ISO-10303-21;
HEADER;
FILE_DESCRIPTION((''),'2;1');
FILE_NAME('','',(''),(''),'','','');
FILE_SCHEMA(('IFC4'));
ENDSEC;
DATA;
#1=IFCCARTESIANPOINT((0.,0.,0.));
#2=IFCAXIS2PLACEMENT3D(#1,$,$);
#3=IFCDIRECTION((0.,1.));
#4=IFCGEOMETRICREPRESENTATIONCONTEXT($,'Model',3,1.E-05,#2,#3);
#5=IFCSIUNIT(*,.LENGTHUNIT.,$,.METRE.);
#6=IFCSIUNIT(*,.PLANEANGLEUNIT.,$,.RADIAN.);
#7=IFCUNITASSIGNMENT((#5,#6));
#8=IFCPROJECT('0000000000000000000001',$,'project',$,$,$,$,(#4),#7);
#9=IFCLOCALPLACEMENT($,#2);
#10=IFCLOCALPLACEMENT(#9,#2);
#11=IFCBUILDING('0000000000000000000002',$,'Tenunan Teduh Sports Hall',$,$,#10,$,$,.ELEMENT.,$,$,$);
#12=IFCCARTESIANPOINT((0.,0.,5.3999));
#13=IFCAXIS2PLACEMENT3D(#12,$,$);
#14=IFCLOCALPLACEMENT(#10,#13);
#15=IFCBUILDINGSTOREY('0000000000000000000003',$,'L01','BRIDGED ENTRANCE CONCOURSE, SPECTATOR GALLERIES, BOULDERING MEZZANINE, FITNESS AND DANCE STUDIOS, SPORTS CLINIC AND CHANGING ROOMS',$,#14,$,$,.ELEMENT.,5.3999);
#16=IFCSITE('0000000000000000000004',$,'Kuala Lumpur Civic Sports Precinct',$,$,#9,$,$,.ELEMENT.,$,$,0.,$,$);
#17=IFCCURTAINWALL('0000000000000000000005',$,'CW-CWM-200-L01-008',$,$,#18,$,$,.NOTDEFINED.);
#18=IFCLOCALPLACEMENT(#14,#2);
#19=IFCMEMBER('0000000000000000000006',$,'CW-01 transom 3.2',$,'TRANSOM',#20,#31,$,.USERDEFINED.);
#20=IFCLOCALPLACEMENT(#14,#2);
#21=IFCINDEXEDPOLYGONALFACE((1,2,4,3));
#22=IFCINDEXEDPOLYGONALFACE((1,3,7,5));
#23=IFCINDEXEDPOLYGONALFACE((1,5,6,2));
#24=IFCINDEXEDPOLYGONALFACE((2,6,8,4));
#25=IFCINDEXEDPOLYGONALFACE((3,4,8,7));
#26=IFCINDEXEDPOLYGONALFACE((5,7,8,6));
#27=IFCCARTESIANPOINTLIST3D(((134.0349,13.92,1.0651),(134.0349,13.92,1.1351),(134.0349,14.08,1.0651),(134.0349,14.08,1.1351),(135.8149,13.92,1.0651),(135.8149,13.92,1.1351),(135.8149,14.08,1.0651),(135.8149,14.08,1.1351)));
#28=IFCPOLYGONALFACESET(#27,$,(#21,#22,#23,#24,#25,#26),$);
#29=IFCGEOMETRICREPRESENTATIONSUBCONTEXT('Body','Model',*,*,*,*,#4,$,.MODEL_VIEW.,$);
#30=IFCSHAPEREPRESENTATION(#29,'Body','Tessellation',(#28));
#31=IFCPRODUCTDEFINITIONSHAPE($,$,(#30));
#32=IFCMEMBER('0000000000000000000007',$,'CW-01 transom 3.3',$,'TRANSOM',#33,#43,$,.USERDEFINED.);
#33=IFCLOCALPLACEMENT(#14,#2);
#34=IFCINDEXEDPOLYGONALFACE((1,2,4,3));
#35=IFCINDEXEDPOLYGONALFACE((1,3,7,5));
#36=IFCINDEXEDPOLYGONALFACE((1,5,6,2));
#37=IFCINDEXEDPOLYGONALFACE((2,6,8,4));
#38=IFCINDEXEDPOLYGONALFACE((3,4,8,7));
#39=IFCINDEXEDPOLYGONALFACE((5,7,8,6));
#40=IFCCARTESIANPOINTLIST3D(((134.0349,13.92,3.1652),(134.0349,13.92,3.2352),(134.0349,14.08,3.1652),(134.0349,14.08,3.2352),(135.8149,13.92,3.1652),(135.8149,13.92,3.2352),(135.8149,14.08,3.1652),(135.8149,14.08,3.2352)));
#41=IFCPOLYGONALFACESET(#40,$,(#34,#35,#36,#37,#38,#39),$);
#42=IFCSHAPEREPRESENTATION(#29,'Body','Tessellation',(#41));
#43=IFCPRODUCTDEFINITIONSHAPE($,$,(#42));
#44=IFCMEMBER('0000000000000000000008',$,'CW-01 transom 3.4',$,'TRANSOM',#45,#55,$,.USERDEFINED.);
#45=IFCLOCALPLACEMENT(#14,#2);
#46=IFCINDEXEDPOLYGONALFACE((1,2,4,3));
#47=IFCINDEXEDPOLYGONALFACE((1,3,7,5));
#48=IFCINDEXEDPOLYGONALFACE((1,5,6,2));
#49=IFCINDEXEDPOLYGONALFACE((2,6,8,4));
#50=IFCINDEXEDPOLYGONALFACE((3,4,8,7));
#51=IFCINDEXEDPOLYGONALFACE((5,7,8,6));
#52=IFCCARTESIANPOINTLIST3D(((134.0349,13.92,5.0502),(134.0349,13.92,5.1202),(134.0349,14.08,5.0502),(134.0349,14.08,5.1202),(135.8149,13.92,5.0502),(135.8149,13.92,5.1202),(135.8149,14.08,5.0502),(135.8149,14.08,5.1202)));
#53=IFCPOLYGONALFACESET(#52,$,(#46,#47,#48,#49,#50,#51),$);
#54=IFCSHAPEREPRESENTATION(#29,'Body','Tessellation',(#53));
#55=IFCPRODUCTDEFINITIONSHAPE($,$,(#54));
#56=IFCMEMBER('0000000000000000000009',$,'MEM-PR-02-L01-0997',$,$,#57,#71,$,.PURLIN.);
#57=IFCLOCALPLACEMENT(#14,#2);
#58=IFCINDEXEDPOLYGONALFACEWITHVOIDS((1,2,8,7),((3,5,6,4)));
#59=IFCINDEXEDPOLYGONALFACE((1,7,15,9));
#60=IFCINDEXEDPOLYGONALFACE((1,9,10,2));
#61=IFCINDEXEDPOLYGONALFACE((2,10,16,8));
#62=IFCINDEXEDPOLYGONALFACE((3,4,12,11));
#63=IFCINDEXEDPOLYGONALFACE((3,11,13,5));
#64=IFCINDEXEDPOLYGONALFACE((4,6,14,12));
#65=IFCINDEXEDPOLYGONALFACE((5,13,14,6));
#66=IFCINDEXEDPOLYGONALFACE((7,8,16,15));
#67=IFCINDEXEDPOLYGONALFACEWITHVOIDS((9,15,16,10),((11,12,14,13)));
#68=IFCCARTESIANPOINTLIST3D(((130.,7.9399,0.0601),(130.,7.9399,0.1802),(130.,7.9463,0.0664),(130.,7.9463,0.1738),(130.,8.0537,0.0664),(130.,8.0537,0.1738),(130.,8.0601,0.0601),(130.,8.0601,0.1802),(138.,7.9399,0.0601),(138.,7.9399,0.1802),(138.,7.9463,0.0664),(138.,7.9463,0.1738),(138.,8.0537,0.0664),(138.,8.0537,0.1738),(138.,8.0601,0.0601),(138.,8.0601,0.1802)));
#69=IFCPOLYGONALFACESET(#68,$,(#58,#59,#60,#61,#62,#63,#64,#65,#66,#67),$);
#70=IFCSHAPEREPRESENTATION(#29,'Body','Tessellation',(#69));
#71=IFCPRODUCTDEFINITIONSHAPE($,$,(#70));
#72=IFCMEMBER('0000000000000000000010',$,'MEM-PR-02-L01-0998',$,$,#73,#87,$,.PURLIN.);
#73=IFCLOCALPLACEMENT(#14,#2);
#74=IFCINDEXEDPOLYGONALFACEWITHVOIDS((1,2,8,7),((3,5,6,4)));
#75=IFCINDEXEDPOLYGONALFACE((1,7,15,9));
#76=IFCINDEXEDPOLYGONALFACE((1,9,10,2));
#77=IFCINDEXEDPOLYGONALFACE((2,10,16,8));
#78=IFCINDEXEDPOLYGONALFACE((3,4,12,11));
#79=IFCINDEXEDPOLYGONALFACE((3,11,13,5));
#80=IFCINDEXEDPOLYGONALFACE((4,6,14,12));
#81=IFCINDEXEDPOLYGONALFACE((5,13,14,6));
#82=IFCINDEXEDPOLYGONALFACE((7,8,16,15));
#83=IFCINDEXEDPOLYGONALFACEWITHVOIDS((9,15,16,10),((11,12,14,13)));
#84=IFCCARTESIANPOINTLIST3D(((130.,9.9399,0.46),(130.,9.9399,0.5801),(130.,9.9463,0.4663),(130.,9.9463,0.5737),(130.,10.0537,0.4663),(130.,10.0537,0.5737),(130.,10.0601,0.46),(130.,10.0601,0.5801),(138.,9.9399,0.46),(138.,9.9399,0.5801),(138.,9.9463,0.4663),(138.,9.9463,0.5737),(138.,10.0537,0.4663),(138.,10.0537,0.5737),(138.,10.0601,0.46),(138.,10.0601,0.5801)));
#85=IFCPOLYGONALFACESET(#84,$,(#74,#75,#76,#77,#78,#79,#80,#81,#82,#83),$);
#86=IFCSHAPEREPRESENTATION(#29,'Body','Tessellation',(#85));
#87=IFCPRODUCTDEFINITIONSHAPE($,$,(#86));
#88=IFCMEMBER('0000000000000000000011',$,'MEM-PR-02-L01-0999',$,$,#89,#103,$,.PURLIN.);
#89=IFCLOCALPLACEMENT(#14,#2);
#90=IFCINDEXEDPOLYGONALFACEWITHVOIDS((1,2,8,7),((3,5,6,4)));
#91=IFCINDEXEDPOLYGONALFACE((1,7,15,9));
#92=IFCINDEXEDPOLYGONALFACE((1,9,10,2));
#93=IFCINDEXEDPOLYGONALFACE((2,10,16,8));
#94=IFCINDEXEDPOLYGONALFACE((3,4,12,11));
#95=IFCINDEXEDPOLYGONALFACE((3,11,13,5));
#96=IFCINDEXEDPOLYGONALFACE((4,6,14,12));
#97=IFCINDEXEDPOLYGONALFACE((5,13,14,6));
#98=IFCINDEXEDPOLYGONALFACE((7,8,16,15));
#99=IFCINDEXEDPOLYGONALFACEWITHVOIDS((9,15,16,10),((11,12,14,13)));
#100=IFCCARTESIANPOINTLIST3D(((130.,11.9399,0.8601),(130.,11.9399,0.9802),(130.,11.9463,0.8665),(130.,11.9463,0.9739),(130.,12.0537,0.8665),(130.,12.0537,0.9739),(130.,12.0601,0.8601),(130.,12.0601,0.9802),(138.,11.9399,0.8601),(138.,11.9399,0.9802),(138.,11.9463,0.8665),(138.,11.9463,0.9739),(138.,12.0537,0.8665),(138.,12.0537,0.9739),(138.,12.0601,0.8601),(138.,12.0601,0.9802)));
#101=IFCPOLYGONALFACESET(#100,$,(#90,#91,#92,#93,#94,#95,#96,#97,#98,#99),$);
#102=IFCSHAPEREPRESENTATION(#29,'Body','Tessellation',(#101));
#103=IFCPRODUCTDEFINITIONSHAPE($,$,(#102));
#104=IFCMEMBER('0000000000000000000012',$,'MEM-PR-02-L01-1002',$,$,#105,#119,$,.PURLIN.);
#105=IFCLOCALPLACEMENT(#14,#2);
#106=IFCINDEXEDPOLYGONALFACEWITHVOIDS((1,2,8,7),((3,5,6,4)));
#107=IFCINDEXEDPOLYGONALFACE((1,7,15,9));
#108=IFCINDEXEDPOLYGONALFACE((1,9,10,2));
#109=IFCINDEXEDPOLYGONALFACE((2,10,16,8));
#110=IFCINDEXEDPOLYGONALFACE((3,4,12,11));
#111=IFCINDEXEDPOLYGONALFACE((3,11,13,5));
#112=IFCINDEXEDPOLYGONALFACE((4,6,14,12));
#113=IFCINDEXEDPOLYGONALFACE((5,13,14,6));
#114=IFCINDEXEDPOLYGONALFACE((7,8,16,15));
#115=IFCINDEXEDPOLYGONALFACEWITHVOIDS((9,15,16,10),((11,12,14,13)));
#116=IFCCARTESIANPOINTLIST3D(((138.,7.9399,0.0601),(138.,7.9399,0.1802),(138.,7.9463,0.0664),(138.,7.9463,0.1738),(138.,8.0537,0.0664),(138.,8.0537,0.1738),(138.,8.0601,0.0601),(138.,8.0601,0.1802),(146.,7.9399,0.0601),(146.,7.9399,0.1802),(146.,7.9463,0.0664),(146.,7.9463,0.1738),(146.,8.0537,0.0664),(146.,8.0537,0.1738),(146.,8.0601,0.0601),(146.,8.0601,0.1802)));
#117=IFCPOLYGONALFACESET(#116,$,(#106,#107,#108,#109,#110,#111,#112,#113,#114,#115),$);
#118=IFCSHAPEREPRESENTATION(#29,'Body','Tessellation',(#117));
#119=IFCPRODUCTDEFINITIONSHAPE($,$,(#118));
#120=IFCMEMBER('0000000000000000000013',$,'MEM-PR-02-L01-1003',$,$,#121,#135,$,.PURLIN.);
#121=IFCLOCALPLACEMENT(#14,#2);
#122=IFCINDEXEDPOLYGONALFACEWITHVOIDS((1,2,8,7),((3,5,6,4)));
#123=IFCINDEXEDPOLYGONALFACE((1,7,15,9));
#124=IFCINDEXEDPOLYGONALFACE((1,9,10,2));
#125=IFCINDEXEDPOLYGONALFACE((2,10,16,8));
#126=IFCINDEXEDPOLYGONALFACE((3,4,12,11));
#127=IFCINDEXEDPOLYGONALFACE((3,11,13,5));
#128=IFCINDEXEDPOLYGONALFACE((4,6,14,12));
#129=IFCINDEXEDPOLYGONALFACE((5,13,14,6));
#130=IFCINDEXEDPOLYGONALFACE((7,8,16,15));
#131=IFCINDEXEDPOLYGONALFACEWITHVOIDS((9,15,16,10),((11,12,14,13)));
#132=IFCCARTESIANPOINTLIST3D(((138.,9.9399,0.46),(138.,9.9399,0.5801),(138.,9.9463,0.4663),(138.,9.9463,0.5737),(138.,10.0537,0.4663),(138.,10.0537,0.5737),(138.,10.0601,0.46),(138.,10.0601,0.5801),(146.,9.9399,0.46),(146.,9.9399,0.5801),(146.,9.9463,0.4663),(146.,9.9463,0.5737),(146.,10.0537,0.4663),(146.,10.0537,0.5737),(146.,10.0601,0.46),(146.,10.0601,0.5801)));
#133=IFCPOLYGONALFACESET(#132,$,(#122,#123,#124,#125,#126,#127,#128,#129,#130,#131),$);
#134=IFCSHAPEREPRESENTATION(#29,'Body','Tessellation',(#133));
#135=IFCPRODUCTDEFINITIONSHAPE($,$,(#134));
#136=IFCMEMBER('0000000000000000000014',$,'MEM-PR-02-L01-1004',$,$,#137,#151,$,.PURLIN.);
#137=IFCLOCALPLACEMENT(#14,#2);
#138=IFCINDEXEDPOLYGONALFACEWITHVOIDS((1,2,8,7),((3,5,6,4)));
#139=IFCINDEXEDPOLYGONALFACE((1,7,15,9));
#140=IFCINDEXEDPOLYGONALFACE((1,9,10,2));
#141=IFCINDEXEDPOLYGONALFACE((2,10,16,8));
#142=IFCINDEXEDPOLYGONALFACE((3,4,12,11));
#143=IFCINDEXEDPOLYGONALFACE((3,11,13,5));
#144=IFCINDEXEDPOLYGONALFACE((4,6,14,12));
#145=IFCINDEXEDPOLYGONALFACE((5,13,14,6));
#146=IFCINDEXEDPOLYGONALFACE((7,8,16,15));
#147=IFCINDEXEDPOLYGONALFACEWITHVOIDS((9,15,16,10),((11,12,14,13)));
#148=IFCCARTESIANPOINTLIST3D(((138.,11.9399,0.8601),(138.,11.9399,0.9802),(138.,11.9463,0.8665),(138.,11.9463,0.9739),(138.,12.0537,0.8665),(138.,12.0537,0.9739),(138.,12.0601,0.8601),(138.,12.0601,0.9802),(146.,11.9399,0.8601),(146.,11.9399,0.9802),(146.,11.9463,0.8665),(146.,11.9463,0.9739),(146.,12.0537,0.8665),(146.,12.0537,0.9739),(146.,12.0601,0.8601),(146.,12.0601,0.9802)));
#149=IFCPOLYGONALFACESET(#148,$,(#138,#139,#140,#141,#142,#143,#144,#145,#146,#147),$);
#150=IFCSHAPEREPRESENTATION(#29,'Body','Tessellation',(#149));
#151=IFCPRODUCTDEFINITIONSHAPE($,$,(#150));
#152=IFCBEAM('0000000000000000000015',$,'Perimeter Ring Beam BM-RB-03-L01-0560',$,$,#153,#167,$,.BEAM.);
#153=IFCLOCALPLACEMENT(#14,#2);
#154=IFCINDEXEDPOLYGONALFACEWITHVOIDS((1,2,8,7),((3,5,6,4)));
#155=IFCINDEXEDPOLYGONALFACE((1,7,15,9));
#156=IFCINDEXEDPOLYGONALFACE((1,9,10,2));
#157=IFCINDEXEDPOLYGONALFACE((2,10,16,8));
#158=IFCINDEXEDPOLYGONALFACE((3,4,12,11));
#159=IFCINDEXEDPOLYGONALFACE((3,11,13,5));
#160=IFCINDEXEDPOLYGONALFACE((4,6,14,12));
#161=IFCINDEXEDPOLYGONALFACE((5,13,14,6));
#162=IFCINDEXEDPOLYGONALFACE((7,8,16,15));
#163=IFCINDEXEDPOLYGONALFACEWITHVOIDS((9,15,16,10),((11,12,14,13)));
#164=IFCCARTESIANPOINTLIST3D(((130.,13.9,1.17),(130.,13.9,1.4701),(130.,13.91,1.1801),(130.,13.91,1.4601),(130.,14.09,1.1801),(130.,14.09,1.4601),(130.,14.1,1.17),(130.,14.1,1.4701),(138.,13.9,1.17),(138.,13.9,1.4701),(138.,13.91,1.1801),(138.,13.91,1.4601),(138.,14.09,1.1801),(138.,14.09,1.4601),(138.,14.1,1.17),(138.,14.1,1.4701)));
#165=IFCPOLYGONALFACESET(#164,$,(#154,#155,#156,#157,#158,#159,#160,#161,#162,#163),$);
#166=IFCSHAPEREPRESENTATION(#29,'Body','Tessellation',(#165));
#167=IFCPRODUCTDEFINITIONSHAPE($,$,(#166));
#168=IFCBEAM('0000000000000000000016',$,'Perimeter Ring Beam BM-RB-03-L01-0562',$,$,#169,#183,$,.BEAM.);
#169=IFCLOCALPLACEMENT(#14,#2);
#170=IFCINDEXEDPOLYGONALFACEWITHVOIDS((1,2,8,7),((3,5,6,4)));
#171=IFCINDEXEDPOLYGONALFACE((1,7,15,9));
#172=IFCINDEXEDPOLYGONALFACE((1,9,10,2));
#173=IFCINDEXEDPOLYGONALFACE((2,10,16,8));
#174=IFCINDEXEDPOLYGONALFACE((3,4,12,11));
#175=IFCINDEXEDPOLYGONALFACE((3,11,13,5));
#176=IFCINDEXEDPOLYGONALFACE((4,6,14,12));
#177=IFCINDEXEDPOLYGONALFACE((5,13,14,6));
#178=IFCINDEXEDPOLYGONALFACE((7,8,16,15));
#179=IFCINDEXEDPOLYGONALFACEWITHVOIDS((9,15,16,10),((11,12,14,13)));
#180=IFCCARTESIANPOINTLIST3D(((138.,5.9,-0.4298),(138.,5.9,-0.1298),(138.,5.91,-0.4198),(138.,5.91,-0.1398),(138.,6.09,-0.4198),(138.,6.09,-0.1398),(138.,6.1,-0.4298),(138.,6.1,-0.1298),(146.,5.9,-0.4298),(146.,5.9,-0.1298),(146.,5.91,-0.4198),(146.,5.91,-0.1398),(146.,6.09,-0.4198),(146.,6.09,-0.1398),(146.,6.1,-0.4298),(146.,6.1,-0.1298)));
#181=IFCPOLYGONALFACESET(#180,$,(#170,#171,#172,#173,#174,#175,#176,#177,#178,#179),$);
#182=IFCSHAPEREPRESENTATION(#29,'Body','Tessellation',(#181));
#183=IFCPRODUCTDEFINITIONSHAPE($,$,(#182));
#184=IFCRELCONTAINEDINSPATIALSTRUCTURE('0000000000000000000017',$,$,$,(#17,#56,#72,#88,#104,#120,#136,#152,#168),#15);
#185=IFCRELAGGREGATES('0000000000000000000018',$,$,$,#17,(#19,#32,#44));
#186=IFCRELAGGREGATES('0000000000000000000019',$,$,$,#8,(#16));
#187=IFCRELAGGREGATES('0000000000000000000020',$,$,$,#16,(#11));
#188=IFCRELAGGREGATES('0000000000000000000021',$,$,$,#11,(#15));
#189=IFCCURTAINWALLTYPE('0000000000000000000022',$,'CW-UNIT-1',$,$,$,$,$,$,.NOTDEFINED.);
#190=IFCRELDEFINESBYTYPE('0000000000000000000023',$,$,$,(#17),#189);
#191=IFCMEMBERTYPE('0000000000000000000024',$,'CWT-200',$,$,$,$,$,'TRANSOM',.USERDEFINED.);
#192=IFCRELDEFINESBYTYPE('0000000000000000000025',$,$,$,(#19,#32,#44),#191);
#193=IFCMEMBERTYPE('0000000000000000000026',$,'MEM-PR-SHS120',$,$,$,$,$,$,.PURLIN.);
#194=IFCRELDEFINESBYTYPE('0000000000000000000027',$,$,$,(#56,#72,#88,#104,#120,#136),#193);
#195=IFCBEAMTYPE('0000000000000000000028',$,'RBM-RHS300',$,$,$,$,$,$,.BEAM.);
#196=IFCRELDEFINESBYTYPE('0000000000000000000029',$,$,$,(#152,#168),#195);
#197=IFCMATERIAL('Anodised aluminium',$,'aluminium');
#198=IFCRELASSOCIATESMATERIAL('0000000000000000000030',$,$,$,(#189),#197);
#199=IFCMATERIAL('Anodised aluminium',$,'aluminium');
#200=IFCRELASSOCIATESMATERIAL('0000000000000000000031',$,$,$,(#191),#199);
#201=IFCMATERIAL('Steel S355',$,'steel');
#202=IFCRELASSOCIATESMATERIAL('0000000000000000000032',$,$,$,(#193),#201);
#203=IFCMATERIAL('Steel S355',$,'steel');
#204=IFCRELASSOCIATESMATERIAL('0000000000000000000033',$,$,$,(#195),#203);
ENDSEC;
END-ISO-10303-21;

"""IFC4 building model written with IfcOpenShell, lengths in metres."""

from ifc_helpers import new_model, si_unit, direction, frame, origin, origin_2d, place, context, subcontext, project, spatial, rectangle, hollow_rectangle, extrude, material, material_profile, profile_set, type_object, element, aggregate, save


model = new_model("IFC4")

# Units and contexts
model_context = context("Model", 3, precision=1e-05, world=origin(), true_north=direction((0.0, 1.0)))
body_context = subcontext(model_context, "Body", "Model", "MODEL_VIEW")
ifc_project = project(units=[si_unit("LENGTHUNIT", "METRE"), si_unit("PLANEANGLEUNIT", "RADIAN")], contexts=[model_context])

# Site, building, storey
site_placement = place(None, origin())
site = spatial("IfcSite", under=ifc_project, at=site_placement, Name="Kuala Lumpur Civic Sports Precinct", CompositionType="ELEMENT", RefElevation=0.0)
building_placement = place(site_placement, origin())
building = spatial("IfcBuilding", under=site, at=building_placement, Name="Tenunan Teduh Sports Hall", CompositionType="ELEMENT")
storey_placement = place(building_placement, frame((0.0, 0.0, 5.3999)))
storey = spatial("IfcBuildingStorey", under=building, at=storey_placement, Name="L01", Description="BRIDGED ENTRANCE CONCOURSE, SPECTATOR GALLERIES, BOULDERING MEZZANINE, FITNESS AND DANCE STUDIOS, SPORTS CLINIC AND CHANGING ROOMS", CompositionType="ELEMENT", Elevation=5.3999)

# Curtain wall, members
ifc_material_1 = material(Name="Anodised aluminium", Category="aluminium")
curtain_wall_type = type_object("IfcCurtainWallType", Name="CW-UNIT-1", PredefinedType="NOTDEFINED", material=ifc_material_1)
curtain_wall_placement = place(storey_placement, origin())
curtain_wall = element("IfcCurtainWall", 1, at=curtain_wall_placement, inside=storey, type_object=curtain_wall_type, Name="CW-CWM-200-L01-008", PredefinedType="NOTDEFINED")
ifc_material_2 = material(Name="Anodised aluminium", Category="aluminium")
ifc_material_profile_1 = material_profile(ifc_material_2, rectangle(XDim=0.0701, YDim=0.1599, at=origin_2d()), Name="CWT 70x160")
ifc_profile_set_1 = profile_set([ifc_material_profile_1], Name="Anodised aluminium")
member_type_1 = type_object("IfcMemberType", Name="CWT-200", ElementType="TRANSOM", PredefinedType="USERDEFINED", material=ifc_profile_set_1)
member_1_placement = place(storey_placement, frame((134.0349, 14.0, 1.1001), z_axis=(1.0, 0.0, 0.0), x_axis=(0.0, 0.0, 1.0)))
member_1 = element("IfcMember", 2, at=member_1_placement, type_object=member_type_1, Name="CW-01 transom 3.2", ObjectType="TRANSOM", PredefinedType="USERDEFINED", context=body_context, shape_type="SweptSolid", body=[
    extrude(rectangle(XDim=0.0701, YDim=0.1599, at=origin_2d()), origin(), (0.0, 0.0, 1.0), 1.78),
])
member_2_placement = place(storey_placement, frame((134.0349, 14.0, 3.2002), z_axis=(1.0, 0.0, 0.0), x_axis=(0.0, 0.0, 1.0)))
member_2 = element("IfcMember", 3, at=member_2_placement, type_object=member_type_1, Name="CW-01 transom 3.3", ObjectType="TRANSOM", PredefinedType="USERDEFINED", context=body_context, shape_type="SweptSolid", body=[
    extrude(rectangle(XDim=0.0701, YDim=0.1599, at=origin_2d()), origin(), (0.0, 0.0, 1.0), 1.78),
])
member_3_placement = place(storey_placement, frame((134.0349, 14.0, 5.0852), z_axis=(1.0, 0.0, 0.0), x_axis=(0.0, 0.0, 1.0)))
member_3 = element("IfcMember", 4, at=member_3_placement, type_object=member_type_1, Name="CW-01 transom 3.4", ObjectType="TRANSOM", PredefinedType="USERDEFINED", context=body_context, shape_type="SweptSolid", body=[
    extrude(rectangle(XDim=0.0701, YDim=0.1599, at=origin_2d()), origin(), (0.0, 0.0, 1.0), 1.78),
])

# Members
ifc_material_3 = material(Name="Steel S355", Category="steel")
ifc_material_profile_2 = material_profile(ifc_material_3, hollow_rectangle(XDim=0.1201, YDim=0.1201, WallThickness=0.0063, at=origin_2d()), Name="SHS 120x120x6.3")
ifc_profile_set_2 = profile_set([ifc_material_profile_2], Name="Steel S355")
member_type_2 = type_object("IfcMemberType", Name="MEM-PR-SHS120", PredefinedType="PURLIN", material=ifc_profile_set_2)
for number, where, z_axis, x_axis, name in (
    (5, (130.0, 8.0, 0.1201), (1.0, 0.0, 0.0), (0.0, 1.0, 0.0), "MEM-PR-02-L01-0997"),
    (6, (130.0, 10.0, 0.52), (1.0, 0.0, 0.0), (0.0, 1.0, 0.0), "MEM-PR-02-L01-0998"),
    (7, (130.0, 12.0, 0.9202), (1.0, 0.0, 0.0), (0.0, 1.0, 0.0), "MEM-PR-02-L01-0999"),
    (8, (138.0, 8.0, 0.1201), (1.0, 0.0, 0.0), (0.0, 1.0, 0.0), "MEM-PR-02-L01-1002"),
    (9, (138.0, 10.0, 0.52), (1.0, 0.0, 0.0), (0.0, 1.0, 0.0), "MEM-PR-02-L01-1003"),
    (10, (138.0, 12.0, 0.9202), (1.0, 0.0, 0.0), (0.0, 1.0, 0.0), "MEM-PR-02-L01-1004"),
):
    element("IfcMember", number, at=place(storey_placement, frame(where, z_axis=z_axis, x_axis=x_axis)), inside=storey, type_object=member_type_2, Name=name, PredefinedType="PURLIN", context=body_context, shape_type="SweptSolid", body=[
        extrude(hollow_rectangle(XDim=0.1201, YDim=0.1201, WallThickness=0.0063, at=origin_2d()), origin(), (0.0, 0.0, 1.0), 8.0),
    ])

# Beams
ifc_material_4 = material(Name="Steel S355", Category="steel")
ifc_material_profile_3 = material_profile(ifc_material_4, hollow_rectangle(XDim=0.2, YDim=0.3, WallThickness=0.01, at=origin_2d()), Name="RHS 300x200x10.0")
ifc_profile_set_3 = profile_set([ifc_material_profile_3], Name="Steel S355")
beam_type_1 = type_object("IfcBeamType", Name="RBM-RHS300", PredefinedType="BEAM", material=ifc_profile_set_3)
for number, where, z_axis, x_axis, name in (
    (11, (130.0, 14.0, 1.3201), (1.0, 0.0, 0.0), (0.0, 1.0, 0.0), "Perimeter Ring Beam BM-RB-03-L01-0560"),
    (12, (138.0, 6.0, -0.2798), (1.0, 0.0, 0.0), (0.0, 1.0, 0.0), "Perimeter Ring Beam BM-RB-03-L01-0562"),
):
    element("IfcBeam", number, at=place(storey_placement, frame(where, z_axis=z_axis, x_axis=x_axis)), inside=storey, type_object=beam_type_1, Name=name, PredefinedType="BEAM", context=body_context, shape_type="SweptSolid", body=[
        extrude(hollow_rectangle(XDim=0.2, YDim=0.3, WallThickness=0.01, at=origin_2d()), origin(), (0.0, 0.0, 1.0), 8.0),
    ])

aggregate(curtain_wall, [member_1, member_2, member_3])

save(model, "model.ifc")
